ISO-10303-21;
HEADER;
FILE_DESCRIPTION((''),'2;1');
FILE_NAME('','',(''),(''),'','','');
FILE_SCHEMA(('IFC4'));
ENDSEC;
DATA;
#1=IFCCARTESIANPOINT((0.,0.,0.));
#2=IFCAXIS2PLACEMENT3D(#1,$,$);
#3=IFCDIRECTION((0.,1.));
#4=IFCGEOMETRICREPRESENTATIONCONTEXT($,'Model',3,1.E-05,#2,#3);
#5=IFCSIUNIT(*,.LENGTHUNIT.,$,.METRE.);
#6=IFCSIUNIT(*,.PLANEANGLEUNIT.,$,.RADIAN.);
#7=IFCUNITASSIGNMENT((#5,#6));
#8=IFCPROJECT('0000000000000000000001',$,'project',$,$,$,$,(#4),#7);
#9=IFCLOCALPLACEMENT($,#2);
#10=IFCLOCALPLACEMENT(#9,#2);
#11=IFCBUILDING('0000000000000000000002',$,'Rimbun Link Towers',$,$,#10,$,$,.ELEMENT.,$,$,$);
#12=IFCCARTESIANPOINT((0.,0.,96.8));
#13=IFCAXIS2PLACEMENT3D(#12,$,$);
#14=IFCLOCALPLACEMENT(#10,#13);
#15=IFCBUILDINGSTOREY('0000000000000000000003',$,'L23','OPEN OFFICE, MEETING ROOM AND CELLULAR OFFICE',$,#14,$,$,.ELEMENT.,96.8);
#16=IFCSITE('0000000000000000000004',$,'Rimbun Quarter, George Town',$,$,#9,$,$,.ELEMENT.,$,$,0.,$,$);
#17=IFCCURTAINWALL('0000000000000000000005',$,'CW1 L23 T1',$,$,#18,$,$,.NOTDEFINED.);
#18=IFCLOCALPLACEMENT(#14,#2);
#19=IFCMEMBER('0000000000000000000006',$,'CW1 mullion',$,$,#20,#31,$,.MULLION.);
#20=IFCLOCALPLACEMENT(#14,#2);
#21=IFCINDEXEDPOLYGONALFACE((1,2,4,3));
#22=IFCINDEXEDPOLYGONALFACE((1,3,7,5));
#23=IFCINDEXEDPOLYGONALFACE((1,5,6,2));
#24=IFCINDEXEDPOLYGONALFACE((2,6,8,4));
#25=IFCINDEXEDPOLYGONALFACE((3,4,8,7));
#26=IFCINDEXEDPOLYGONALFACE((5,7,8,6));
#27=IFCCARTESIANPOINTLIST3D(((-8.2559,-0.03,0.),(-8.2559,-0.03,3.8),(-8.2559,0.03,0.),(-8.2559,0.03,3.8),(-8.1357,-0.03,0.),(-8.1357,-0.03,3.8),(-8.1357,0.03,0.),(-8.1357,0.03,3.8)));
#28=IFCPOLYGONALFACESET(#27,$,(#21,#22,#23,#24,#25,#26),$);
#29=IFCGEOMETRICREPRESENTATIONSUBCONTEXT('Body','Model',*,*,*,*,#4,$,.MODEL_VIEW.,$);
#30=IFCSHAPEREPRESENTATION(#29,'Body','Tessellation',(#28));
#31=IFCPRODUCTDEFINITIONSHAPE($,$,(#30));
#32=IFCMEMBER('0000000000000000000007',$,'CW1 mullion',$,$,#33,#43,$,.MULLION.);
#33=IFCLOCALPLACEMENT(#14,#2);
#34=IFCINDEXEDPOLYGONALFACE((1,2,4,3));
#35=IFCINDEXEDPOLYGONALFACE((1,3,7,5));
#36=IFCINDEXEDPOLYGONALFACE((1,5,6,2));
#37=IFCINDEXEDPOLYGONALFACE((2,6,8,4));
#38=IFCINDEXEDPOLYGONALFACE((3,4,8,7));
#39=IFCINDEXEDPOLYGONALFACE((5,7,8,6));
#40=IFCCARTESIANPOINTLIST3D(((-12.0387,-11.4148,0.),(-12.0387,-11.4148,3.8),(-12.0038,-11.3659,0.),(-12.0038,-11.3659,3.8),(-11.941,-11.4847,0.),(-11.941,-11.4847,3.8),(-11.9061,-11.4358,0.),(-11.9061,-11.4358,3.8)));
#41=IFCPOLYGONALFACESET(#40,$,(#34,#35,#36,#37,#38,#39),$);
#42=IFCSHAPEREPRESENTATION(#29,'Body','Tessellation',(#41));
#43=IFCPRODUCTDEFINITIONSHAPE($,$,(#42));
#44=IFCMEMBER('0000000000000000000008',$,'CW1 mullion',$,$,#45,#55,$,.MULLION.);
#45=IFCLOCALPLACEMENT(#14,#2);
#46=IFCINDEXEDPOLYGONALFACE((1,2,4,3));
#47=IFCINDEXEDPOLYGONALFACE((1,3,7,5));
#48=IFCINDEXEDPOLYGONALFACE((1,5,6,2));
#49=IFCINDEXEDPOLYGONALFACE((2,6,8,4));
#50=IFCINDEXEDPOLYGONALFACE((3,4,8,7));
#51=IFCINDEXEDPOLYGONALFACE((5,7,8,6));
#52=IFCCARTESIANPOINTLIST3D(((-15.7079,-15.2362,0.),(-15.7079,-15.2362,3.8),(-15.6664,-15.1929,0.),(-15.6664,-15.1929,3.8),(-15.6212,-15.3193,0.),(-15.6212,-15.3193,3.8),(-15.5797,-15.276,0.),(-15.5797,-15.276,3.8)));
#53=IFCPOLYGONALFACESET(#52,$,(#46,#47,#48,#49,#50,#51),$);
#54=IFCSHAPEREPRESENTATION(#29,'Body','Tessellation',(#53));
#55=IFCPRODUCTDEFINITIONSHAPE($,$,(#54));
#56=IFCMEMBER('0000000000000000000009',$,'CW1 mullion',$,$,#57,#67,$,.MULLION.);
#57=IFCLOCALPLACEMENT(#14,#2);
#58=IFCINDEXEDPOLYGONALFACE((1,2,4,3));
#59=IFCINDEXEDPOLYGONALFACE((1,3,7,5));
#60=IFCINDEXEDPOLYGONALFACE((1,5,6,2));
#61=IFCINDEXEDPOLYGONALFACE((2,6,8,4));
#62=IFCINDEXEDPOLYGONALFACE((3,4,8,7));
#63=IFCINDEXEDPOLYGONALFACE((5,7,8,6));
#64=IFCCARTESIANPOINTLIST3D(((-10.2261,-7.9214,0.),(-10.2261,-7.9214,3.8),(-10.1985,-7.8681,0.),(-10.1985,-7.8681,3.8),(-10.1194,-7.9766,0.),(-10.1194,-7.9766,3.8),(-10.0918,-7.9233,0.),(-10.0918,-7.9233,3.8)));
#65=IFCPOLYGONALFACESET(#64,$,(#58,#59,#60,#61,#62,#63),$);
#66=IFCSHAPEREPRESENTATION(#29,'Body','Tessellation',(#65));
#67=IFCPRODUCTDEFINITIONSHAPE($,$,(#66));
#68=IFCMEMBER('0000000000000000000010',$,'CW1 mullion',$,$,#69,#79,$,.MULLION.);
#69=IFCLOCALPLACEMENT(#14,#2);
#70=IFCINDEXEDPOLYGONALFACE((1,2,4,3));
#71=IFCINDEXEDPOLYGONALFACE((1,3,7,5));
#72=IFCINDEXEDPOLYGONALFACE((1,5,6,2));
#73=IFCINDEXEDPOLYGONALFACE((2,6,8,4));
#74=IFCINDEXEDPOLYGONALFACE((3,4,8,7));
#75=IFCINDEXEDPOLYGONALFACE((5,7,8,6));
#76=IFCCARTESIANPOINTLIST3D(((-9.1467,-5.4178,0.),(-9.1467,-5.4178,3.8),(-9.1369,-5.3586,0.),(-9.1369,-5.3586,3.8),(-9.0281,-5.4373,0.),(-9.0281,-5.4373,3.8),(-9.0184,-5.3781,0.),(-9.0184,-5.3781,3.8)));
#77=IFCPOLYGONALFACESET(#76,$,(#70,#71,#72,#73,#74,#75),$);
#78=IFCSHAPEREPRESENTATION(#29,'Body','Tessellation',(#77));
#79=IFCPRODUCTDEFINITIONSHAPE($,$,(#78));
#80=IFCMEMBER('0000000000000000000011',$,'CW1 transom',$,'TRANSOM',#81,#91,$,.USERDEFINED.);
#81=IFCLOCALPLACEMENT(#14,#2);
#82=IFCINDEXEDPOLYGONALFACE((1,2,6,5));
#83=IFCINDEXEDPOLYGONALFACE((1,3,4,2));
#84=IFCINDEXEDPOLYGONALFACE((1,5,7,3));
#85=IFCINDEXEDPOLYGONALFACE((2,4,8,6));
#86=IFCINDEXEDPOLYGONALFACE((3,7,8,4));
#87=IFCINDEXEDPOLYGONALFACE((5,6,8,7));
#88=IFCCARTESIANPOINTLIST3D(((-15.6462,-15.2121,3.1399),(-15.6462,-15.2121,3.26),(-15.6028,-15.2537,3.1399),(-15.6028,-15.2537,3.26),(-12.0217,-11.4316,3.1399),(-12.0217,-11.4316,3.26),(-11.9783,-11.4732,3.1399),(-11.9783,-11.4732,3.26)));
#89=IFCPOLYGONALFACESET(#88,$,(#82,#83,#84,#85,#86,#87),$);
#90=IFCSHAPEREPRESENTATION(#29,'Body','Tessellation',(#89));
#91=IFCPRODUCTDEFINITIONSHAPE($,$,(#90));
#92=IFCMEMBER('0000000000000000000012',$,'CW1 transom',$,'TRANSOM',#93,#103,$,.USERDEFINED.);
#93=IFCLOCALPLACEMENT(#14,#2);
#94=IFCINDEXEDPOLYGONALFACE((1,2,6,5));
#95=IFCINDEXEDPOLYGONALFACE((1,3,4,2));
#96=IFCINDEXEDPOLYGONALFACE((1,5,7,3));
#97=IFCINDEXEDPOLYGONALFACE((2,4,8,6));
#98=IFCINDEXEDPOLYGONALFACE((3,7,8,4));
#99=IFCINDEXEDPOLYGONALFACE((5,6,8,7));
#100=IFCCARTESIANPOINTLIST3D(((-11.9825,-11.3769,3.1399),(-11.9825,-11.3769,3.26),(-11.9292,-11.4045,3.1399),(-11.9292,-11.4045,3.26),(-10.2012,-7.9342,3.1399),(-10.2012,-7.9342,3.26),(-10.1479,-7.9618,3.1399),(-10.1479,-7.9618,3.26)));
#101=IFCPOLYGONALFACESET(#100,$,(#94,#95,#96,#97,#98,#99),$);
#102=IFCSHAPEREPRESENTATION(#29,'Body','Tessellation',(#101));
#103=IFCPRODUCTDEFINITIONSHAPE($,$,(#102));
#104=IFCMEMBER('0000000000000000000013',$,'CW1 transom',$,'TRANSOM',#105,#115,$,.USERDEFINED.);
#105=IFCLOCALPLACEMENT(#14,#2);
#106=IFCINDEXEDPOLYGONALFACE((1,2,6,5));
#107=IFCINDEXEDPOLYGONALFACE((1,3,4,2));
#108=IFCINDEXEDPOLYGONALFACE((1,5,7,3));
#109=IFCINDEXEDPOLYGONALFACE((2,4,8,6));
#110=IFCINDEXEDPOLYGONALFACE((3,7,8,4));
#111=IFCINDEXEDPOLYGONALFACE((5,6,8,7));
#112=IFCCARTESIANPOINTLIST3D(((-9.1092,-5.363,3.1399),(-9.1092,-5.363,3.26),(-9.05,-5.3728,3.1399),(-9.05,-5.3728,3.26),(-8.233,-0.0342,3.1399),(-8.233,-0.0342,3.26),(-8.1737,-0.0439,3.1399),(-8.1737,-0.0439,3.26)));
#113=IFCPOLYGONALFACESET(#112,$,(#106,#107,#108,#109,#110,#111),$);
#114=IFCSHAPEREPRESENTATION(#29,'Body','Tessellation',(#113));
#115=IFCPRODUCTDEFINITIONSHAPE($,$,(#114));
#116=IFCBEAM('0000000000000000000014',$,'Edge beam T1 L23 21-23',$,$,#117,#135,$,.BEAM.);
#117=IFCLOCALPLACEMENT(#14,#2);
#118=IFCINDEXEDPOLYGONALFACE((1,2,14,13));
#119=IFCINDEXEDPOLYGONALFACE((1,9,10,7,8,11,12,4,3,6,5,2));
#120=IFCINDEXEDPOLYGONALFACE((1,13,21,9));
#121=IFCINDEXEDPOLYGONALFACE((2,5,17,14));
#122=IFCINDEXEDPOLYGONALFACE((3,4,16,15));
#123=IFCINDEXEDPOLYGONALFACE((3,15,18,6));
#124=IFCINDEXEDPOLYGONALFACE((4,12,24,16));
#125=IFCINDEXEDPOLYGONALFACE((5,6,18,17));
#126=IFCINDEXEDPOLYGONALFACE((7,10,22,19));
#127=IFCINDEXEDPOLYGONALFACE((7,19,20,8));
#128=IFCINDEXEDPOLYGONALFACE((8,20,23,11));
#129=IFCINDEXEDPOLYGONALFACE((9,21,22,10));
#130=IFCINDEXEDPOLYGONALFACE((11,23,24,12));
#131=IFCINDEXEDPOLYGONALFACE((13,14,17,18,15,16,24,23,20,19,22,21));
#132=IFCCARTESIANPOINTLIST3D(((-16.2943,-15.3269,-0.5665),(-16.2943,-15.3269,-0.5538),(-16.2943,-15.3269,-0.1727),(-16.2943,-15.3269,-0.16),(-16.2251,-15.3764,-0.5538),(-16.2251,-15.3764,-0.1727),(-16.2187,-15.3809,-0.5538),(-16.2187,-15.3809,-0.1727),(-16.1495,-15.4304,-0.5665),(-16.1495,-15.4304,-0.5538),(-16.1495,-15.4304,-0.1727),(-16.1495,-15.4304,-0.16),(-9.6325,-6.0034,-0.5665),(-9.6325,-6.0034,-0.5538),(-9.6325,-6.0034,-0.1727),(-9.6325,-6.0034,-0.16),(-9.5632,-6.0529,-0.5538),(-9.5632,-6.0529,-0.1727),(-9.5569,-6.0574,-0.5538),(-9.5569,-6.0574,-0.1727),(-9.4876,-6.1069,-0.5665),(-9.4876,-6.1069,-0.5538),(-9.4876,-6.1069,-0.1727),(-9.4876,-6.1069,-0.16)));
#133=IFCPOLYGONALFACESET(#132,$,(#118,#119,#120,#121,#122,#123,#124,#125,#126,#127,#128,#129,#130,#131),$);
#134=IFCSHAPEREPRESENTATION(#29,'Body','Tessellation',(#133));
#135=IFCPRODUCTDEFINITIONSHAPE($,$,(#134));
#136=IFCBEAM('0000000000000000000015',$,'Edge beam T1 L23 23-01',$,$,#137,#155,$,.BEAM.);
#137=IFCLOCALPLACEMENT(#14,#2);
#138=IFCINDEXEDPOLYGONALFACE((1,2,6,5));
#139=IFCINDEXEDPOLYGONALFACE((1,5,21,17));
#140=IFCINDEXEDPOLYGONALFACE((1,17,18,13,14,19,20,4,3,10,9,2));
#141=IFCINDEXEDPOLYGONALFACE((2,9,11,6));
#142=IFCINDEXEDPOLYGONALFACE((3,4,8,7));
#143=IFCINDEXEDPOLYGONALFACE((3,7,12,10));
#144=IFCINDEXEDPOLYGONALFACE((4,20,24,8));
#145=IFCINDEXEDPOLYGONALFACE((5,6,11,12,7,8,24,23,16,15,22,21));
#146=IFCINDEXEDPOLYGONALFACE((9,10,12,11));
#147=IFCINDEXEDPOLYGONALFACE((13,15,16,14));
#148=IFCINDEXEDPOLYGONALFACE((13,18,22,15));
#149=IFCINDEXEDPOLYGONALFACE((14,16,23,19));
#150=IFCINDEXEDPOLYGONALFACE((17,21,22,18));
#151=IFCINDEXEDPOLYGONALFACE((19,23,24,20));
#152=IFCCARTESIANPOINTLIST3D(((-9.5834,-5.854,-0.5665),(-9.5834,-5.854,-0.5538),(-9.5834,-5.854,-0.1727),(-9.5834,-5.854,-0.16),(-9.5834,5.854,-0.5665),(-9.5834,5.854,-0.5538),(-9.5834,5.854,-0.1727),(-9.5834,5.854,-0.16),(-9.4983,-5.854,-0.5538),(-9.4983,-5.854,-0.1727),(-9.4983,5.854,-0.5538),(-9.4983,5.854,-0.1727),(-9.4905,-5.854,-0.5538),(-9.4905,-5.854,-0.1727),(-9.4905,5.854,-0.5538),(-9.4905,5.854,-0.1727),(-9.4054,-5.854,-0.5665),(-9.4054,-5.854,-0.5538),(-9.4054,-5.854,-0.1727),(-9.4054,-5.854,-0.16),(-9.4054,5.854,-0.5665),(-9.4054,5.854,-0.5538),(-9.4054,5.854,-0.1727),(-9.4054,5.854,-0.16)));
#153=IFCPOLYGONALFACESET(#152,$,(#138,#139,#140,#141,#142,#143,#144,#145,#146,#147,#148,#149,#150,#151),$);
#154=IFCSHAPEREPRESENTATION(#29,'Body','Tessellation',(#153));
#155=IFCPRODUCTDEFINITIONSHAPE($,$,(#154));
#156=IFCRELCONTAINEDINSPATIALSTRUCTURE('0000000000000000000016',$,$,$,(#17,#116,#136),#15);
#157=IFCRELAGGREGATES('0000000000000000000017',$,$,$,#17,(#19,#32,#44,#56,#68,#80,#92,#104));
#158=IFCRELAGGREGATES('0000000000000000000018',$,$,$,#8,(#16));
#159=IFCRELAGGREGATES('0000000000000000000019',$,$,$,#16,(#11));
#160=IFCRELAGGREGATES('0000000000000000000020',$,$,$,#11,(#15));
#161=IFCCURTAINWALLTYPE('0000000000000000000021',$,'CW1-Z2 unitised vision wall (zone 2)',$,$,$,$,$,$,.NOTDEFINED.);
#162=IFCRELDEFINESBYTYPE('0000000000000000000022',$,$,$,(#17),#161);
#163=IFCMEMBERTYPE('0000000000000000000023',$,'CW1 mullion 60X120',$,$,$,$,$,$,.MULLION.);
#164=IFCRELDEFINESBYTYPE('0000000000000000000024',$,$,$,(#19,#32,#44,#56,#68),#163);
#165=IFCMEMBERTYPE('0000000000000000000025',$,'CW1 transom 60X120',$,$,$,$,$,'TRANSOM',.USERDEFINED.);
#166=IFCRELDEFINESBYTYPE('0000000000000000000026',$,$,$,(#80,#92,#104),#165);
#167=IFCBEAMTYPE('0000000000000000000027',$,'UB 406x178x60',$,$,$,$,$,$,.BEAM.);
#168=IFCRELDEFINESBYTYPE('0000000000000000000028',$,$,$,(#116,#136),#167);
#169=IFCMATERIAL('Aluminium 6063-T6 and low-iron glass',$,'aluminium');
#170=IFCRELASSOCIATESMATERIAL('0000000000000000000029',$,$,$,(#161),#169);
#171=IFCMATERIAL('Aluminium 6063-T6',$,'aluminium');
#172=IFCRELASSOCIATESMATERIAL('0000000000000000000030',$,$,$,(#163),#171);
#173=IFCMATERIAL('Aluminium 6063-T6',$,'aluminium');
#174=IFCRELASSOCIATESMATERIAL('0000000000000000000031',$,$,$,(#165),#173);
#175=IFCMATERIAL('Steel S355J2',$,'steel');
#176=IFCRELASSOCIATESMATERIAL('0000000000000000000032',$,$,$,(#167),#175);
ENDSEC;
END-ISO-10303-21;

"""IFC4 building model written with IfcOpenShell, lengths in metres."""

from ifc_helpers import new_model, si_unit, direction, frame, origin, origin_2d, place, context, subcontext, project, spatial, rectangle, i_section, extrude, material, material_profile, profile_set, type_object, element, aggregate, save


model = new_model("IFC4")

# Units and contexts
model_context = context("Model", 3, precision=1e-05, world=origin(), true_north=direction((0.0, 1.0)))
body_context = subcontext(model_context, "Body", "Model", "MODEL_VIEW")
ifc_project = project(units=[si_unit("LENGTHUNIT", "METRE"), si_unit("PLANEANGLEUNIT", "RADIAN")], contexts=[model_context])

# Site, building, storey
site_placement = place(None, origin())
site = spatial("IfcSite", under=ifc_project, at=site_placement, Name="Rimbun Quarter, George Town", CompositionType="ELEMENT", RefElevation=0.0)
building_placement = place(site_placement, origin())
building = spatial("IfcBuilding", under=site, at=building_placement, Name="Rimbun Link Towers", CompositionType="ELEMENT")
storey_placement = place(building_placement, frame((0.0, 0.0, 96.8)))
storey = spatial("IfcBuildingStorey", under=building, at=storey_placement, Name="L23", Description="OPEN OFFICE, MEETING ROOM AND CELLULAR OFFICE", CompositionType="ELEMENT", Elevation=96.8)

# Curtain wall, members
ifc_material_1 = material(Name="Aluminium 6063-T6 and low-iron glass", Category="aluminium")
curtain_wall_type = type_object("IfcCurtainWallType", Name="CW1-Z2 unitised vision wall (zone 2)", PredefinedType="NOTDEFINED", material=ifc_material_1)
curtain_wall_placement = place(storey_placement, origin())
curtain_wall = element("IfcCurtainWall", 1, at=curtain_wall_placement, inside=storey, type_object=curtain_wall_type, Name="CW1 L23 T1", PredefinedType="NOTDEFINED")
ifc_material_2 = material(Name="Aluminium 6063-T6", Category="aluminium")
ifc_material_profile_1 = material_profile(ifc_material_2, rectangle(XDim=0.1201, YDim=0.0601, at=origin_2d()), Name="MULLION 60X120")
ifc_profile_set_1 = profile_set([ifc_material_profile_1], Name="Aluminium 6063-T6")
member_type_1 = type_object("IfcMemberType", Name="CW1 mullion 60X120", PredefinedType="MULLION", material=ifc_profile_set_1)
member_1_placement = place(storey_placement, frame((-8.1958, 0.0, 0.0), z_axis=(0.0, 0.0, 1.0), x_axis=(1.0, 0.0, 0.0)))
member_1 = element("IfcMember", 2, at=member_1_placement, type_object=member_type_1, Name="CW1 mullion", PredefinedType="MULLION", context=body_context, shape_type="SweptSolid", body=[
    extrude(rectangle(XDim=0.1201, YDim=0.0601, at=origin_2d()), origin(), (0.0, 0.0, 1.0), 3.8),
])
member_2_placement = place(storey_placement, frame((-11.9724, -11.4253, 0.0), z_axis=(0.0, 0.0, 1.0), x_axis=(0.813351, -0.581773, 0.0)))
member_2 = element("IfcMember", 3, at=member_2_placement, type_object=member_type_1, Name="CW1 mullion", PredefinedType="MULLION", context=body_context, shape_type="SweptSolid", body=[
    extrude(rectangle(XDim=0.1201, YDim=0.0601, at=origin_2d()), origin(), (0.0, 0.0, 1.0), 3.8),
])
member_3_placement = place(storey_placement, frame((-15.6438, -15.2561, 0.0), z_axis=(0.0, 0.0, 1.0), x_axis=(0.721854, -0.692045, 0.0)))
member_3 = element("IfcMember", 4, at=member_3_placement, type_object=member_type_1, Name="CW1 mullion", PredefinedType="MULLION", context=body_context, shape_type="SweptSolid", body=[
    extrude(rectangle(XDim=0.1201, YDim=0.0601, at=origin_2d()), origin(), (0.0, 0.0, 1.0), 3.8),
])
member_4_placement = place(storey_placement, frame((-10.1589, -7.9224, 0.0), z_axis=(0.0, 0.0, 1.0), x_axis=(0.888149, -0.459556, 0.0)))
member_4 = element("IfcMember", 5, at=member_4_placement, type_object=member_type_1, Name="CW1 mullion", PredefinedType="MULLION", context=body_context, shape_type="SweptSolid", body=[
    extrude(rectangle(XDim=0.1201, YDim=0.0601, at=origin_2d()), origin(), (0.0, 0.0, 1.0), 3.8),
])
member_5_placement = place(storey_placement, frame((-9.0825, -5.3979, 0.0), z_axis=(0.0, 0.0, 1.0), x_axis=(0.986748, -0.16226, 0.0)))
member_5 = element("IfcMember", 6, at=member_5_placement, type_object=member_type_1, Name="CW1 mullion", PredefinedType="MULLION", context=body_context, shape_type="SweptSolid", body=[
    extrude(rectangle(XDim=0.1201, YDim=0.0601, at=origin_2d()), origin(), (0.0, 0.0, 1.0), 3.8),
])
ifc_material_3 = material(Name="Aluminium 6063-T6", Category="aluminium")
ifc_material_profile_2 = material_profile(ifc_material_3, rectangle(XDim=0.0601, YDim=0.1201, at=origin_2d()), Name="TRANSOM 60X120")
ifc_profile_set_2 = profile_set([ifc_material_profile_2], Name="Aluminium 6063-T6")
member_type_2 = type_object("IfcMemberType", Name="CW1 transom 60X120", ElementType="TRANSOM", PredefinedType="USERDEFINED", material=ifc_profile_set_2)
member_6_placement = place(storey_placement, frame((-12.0, -11.4524, 3.2), z_axis=(-0.692056, -0.721844, 0.0), x_axis=(0.721844, -0.692056, 0.0)))
member_6 = element("IfcMember", 7, at=member_6_placement, type_object=member_type_2, Name="CW1 transom", ObjectType="TRANSOM", PredefinedType="USERDEFINED", context=body_context, shape_type="SweptSolid", body=[
    extrude(rectangle(XDim=0.0601, YDim=0.1201, at=origin_2d()), origin(), (0.0, 0.0, 1.0), 5.2373),
])
member_7_placement = place(storey_placement, frame((-10.1746, -7.948, 3.2), z_axis=(-0.459541, -0.888156, 0.0), x_axis=(0.888156, -0.459541, 0.0)))
member_7 = element("IfcMember", 8, at=member_7_placement, type_object=member_type_2, Name="CW1 transom", ObjectType="TRANSOM", PredefinedType="USERDEFINED", context=body_context, shape_type="SweptSolid", body=[
    extrude(rectangle(XDim=0.0601, YDim=0.1201, at=origin_2d()), origin(), (0.0, 0.0, 1.0), 3.8762),
])
member_8_placement = place(storey_placement, frame((-8.2034, -0.0391, 3.2), z_axis=(-0.162251, -0.98675, 0.0), x_axis=(0.98675, -0.162251, 0.0)))
member_8 = element("IfcMember", 9, at=member_8_placement, type_object=member_type_2, Name="CW1 transom", ObjectType="TRANSOM", PredefinedType="USERDEFINED", context=body_context, shape_type="SweptSolid", body=[
    extrude(rectangle(XDim=0.0601, YDim=0.1201, at=origin_2d()), origin(), (0.0, 0.0, 1.0), 5.4004),
])

# Beams
ifc_material_4 = material(Name="Steel S355J2", Category="steel")
ifc_material_profile_3 = material_profile(ifc_material_4, i_section(OverallWidth=0.178, OverallDepth=0.4065, WebThickness=0.0078, FlangeThickness=0.0127, at=origin_2d()), Name="UB 406x178x60")
ifc_profile_set_3 = profile_set([ifc_material_profile_3], Name="Steel S355J2")
beam_type = type_object("IfcBeamType", Name="UB 406x178x60", PredefinedType="BEAM", material=ifc_profile_set_3)
beam_1_placement = place(storey_placement, frame((-16.2219, -15.3787, -0.3633), z_axis=(0.581367, 0.813641, 0.0), x_axis=(-0.813641, 0.581367, 0.0)))
element("IfcBeam", 10, at=beam_1_placement, inside=storey, type_object=beam_type, Name="Edge beam T1 L23 21-23", PredefinedType="BEAM", context=body_context, shape_type="SweptSolid", body=[
    extrude(i_section(OverallWidth=0.178, OverallDepth=0.4065, WebThickness=0.0078, FlangeThickness=0.0127, at=origin_2d()), origin(), (0.0, 0.0, 1.0), 11.459),
])
beam_2_placement = place(storey_placement, frame((-9.4944, -5.854, -0.3633), z_axis=(0.0, 1.0, 0.0), x_axis=(-1.0, 0.0, 0.0)))
element("IfcBeam", 11, at=beam_2_placement, inside=storey, type_object=beam_type, Name="Edge beam T1 L23 23-01", PredefinedType="BEAM", context=body_context, shape_type="SweptSolid", body=[
    extrude(i_section(OverallWidth=0.178, OverallDepth=0.4065, WebThickness=0.0078, FlangeThickness=0.0127, at=origin_2d()), origin(), (0.0, 0.0, 1.0), 11.708),
])

aggregate(curtain_wall, [member_1, member_2, member_3, member_4, member_5, member_6, member_7, member_8])

save(model, "model.ifc")
